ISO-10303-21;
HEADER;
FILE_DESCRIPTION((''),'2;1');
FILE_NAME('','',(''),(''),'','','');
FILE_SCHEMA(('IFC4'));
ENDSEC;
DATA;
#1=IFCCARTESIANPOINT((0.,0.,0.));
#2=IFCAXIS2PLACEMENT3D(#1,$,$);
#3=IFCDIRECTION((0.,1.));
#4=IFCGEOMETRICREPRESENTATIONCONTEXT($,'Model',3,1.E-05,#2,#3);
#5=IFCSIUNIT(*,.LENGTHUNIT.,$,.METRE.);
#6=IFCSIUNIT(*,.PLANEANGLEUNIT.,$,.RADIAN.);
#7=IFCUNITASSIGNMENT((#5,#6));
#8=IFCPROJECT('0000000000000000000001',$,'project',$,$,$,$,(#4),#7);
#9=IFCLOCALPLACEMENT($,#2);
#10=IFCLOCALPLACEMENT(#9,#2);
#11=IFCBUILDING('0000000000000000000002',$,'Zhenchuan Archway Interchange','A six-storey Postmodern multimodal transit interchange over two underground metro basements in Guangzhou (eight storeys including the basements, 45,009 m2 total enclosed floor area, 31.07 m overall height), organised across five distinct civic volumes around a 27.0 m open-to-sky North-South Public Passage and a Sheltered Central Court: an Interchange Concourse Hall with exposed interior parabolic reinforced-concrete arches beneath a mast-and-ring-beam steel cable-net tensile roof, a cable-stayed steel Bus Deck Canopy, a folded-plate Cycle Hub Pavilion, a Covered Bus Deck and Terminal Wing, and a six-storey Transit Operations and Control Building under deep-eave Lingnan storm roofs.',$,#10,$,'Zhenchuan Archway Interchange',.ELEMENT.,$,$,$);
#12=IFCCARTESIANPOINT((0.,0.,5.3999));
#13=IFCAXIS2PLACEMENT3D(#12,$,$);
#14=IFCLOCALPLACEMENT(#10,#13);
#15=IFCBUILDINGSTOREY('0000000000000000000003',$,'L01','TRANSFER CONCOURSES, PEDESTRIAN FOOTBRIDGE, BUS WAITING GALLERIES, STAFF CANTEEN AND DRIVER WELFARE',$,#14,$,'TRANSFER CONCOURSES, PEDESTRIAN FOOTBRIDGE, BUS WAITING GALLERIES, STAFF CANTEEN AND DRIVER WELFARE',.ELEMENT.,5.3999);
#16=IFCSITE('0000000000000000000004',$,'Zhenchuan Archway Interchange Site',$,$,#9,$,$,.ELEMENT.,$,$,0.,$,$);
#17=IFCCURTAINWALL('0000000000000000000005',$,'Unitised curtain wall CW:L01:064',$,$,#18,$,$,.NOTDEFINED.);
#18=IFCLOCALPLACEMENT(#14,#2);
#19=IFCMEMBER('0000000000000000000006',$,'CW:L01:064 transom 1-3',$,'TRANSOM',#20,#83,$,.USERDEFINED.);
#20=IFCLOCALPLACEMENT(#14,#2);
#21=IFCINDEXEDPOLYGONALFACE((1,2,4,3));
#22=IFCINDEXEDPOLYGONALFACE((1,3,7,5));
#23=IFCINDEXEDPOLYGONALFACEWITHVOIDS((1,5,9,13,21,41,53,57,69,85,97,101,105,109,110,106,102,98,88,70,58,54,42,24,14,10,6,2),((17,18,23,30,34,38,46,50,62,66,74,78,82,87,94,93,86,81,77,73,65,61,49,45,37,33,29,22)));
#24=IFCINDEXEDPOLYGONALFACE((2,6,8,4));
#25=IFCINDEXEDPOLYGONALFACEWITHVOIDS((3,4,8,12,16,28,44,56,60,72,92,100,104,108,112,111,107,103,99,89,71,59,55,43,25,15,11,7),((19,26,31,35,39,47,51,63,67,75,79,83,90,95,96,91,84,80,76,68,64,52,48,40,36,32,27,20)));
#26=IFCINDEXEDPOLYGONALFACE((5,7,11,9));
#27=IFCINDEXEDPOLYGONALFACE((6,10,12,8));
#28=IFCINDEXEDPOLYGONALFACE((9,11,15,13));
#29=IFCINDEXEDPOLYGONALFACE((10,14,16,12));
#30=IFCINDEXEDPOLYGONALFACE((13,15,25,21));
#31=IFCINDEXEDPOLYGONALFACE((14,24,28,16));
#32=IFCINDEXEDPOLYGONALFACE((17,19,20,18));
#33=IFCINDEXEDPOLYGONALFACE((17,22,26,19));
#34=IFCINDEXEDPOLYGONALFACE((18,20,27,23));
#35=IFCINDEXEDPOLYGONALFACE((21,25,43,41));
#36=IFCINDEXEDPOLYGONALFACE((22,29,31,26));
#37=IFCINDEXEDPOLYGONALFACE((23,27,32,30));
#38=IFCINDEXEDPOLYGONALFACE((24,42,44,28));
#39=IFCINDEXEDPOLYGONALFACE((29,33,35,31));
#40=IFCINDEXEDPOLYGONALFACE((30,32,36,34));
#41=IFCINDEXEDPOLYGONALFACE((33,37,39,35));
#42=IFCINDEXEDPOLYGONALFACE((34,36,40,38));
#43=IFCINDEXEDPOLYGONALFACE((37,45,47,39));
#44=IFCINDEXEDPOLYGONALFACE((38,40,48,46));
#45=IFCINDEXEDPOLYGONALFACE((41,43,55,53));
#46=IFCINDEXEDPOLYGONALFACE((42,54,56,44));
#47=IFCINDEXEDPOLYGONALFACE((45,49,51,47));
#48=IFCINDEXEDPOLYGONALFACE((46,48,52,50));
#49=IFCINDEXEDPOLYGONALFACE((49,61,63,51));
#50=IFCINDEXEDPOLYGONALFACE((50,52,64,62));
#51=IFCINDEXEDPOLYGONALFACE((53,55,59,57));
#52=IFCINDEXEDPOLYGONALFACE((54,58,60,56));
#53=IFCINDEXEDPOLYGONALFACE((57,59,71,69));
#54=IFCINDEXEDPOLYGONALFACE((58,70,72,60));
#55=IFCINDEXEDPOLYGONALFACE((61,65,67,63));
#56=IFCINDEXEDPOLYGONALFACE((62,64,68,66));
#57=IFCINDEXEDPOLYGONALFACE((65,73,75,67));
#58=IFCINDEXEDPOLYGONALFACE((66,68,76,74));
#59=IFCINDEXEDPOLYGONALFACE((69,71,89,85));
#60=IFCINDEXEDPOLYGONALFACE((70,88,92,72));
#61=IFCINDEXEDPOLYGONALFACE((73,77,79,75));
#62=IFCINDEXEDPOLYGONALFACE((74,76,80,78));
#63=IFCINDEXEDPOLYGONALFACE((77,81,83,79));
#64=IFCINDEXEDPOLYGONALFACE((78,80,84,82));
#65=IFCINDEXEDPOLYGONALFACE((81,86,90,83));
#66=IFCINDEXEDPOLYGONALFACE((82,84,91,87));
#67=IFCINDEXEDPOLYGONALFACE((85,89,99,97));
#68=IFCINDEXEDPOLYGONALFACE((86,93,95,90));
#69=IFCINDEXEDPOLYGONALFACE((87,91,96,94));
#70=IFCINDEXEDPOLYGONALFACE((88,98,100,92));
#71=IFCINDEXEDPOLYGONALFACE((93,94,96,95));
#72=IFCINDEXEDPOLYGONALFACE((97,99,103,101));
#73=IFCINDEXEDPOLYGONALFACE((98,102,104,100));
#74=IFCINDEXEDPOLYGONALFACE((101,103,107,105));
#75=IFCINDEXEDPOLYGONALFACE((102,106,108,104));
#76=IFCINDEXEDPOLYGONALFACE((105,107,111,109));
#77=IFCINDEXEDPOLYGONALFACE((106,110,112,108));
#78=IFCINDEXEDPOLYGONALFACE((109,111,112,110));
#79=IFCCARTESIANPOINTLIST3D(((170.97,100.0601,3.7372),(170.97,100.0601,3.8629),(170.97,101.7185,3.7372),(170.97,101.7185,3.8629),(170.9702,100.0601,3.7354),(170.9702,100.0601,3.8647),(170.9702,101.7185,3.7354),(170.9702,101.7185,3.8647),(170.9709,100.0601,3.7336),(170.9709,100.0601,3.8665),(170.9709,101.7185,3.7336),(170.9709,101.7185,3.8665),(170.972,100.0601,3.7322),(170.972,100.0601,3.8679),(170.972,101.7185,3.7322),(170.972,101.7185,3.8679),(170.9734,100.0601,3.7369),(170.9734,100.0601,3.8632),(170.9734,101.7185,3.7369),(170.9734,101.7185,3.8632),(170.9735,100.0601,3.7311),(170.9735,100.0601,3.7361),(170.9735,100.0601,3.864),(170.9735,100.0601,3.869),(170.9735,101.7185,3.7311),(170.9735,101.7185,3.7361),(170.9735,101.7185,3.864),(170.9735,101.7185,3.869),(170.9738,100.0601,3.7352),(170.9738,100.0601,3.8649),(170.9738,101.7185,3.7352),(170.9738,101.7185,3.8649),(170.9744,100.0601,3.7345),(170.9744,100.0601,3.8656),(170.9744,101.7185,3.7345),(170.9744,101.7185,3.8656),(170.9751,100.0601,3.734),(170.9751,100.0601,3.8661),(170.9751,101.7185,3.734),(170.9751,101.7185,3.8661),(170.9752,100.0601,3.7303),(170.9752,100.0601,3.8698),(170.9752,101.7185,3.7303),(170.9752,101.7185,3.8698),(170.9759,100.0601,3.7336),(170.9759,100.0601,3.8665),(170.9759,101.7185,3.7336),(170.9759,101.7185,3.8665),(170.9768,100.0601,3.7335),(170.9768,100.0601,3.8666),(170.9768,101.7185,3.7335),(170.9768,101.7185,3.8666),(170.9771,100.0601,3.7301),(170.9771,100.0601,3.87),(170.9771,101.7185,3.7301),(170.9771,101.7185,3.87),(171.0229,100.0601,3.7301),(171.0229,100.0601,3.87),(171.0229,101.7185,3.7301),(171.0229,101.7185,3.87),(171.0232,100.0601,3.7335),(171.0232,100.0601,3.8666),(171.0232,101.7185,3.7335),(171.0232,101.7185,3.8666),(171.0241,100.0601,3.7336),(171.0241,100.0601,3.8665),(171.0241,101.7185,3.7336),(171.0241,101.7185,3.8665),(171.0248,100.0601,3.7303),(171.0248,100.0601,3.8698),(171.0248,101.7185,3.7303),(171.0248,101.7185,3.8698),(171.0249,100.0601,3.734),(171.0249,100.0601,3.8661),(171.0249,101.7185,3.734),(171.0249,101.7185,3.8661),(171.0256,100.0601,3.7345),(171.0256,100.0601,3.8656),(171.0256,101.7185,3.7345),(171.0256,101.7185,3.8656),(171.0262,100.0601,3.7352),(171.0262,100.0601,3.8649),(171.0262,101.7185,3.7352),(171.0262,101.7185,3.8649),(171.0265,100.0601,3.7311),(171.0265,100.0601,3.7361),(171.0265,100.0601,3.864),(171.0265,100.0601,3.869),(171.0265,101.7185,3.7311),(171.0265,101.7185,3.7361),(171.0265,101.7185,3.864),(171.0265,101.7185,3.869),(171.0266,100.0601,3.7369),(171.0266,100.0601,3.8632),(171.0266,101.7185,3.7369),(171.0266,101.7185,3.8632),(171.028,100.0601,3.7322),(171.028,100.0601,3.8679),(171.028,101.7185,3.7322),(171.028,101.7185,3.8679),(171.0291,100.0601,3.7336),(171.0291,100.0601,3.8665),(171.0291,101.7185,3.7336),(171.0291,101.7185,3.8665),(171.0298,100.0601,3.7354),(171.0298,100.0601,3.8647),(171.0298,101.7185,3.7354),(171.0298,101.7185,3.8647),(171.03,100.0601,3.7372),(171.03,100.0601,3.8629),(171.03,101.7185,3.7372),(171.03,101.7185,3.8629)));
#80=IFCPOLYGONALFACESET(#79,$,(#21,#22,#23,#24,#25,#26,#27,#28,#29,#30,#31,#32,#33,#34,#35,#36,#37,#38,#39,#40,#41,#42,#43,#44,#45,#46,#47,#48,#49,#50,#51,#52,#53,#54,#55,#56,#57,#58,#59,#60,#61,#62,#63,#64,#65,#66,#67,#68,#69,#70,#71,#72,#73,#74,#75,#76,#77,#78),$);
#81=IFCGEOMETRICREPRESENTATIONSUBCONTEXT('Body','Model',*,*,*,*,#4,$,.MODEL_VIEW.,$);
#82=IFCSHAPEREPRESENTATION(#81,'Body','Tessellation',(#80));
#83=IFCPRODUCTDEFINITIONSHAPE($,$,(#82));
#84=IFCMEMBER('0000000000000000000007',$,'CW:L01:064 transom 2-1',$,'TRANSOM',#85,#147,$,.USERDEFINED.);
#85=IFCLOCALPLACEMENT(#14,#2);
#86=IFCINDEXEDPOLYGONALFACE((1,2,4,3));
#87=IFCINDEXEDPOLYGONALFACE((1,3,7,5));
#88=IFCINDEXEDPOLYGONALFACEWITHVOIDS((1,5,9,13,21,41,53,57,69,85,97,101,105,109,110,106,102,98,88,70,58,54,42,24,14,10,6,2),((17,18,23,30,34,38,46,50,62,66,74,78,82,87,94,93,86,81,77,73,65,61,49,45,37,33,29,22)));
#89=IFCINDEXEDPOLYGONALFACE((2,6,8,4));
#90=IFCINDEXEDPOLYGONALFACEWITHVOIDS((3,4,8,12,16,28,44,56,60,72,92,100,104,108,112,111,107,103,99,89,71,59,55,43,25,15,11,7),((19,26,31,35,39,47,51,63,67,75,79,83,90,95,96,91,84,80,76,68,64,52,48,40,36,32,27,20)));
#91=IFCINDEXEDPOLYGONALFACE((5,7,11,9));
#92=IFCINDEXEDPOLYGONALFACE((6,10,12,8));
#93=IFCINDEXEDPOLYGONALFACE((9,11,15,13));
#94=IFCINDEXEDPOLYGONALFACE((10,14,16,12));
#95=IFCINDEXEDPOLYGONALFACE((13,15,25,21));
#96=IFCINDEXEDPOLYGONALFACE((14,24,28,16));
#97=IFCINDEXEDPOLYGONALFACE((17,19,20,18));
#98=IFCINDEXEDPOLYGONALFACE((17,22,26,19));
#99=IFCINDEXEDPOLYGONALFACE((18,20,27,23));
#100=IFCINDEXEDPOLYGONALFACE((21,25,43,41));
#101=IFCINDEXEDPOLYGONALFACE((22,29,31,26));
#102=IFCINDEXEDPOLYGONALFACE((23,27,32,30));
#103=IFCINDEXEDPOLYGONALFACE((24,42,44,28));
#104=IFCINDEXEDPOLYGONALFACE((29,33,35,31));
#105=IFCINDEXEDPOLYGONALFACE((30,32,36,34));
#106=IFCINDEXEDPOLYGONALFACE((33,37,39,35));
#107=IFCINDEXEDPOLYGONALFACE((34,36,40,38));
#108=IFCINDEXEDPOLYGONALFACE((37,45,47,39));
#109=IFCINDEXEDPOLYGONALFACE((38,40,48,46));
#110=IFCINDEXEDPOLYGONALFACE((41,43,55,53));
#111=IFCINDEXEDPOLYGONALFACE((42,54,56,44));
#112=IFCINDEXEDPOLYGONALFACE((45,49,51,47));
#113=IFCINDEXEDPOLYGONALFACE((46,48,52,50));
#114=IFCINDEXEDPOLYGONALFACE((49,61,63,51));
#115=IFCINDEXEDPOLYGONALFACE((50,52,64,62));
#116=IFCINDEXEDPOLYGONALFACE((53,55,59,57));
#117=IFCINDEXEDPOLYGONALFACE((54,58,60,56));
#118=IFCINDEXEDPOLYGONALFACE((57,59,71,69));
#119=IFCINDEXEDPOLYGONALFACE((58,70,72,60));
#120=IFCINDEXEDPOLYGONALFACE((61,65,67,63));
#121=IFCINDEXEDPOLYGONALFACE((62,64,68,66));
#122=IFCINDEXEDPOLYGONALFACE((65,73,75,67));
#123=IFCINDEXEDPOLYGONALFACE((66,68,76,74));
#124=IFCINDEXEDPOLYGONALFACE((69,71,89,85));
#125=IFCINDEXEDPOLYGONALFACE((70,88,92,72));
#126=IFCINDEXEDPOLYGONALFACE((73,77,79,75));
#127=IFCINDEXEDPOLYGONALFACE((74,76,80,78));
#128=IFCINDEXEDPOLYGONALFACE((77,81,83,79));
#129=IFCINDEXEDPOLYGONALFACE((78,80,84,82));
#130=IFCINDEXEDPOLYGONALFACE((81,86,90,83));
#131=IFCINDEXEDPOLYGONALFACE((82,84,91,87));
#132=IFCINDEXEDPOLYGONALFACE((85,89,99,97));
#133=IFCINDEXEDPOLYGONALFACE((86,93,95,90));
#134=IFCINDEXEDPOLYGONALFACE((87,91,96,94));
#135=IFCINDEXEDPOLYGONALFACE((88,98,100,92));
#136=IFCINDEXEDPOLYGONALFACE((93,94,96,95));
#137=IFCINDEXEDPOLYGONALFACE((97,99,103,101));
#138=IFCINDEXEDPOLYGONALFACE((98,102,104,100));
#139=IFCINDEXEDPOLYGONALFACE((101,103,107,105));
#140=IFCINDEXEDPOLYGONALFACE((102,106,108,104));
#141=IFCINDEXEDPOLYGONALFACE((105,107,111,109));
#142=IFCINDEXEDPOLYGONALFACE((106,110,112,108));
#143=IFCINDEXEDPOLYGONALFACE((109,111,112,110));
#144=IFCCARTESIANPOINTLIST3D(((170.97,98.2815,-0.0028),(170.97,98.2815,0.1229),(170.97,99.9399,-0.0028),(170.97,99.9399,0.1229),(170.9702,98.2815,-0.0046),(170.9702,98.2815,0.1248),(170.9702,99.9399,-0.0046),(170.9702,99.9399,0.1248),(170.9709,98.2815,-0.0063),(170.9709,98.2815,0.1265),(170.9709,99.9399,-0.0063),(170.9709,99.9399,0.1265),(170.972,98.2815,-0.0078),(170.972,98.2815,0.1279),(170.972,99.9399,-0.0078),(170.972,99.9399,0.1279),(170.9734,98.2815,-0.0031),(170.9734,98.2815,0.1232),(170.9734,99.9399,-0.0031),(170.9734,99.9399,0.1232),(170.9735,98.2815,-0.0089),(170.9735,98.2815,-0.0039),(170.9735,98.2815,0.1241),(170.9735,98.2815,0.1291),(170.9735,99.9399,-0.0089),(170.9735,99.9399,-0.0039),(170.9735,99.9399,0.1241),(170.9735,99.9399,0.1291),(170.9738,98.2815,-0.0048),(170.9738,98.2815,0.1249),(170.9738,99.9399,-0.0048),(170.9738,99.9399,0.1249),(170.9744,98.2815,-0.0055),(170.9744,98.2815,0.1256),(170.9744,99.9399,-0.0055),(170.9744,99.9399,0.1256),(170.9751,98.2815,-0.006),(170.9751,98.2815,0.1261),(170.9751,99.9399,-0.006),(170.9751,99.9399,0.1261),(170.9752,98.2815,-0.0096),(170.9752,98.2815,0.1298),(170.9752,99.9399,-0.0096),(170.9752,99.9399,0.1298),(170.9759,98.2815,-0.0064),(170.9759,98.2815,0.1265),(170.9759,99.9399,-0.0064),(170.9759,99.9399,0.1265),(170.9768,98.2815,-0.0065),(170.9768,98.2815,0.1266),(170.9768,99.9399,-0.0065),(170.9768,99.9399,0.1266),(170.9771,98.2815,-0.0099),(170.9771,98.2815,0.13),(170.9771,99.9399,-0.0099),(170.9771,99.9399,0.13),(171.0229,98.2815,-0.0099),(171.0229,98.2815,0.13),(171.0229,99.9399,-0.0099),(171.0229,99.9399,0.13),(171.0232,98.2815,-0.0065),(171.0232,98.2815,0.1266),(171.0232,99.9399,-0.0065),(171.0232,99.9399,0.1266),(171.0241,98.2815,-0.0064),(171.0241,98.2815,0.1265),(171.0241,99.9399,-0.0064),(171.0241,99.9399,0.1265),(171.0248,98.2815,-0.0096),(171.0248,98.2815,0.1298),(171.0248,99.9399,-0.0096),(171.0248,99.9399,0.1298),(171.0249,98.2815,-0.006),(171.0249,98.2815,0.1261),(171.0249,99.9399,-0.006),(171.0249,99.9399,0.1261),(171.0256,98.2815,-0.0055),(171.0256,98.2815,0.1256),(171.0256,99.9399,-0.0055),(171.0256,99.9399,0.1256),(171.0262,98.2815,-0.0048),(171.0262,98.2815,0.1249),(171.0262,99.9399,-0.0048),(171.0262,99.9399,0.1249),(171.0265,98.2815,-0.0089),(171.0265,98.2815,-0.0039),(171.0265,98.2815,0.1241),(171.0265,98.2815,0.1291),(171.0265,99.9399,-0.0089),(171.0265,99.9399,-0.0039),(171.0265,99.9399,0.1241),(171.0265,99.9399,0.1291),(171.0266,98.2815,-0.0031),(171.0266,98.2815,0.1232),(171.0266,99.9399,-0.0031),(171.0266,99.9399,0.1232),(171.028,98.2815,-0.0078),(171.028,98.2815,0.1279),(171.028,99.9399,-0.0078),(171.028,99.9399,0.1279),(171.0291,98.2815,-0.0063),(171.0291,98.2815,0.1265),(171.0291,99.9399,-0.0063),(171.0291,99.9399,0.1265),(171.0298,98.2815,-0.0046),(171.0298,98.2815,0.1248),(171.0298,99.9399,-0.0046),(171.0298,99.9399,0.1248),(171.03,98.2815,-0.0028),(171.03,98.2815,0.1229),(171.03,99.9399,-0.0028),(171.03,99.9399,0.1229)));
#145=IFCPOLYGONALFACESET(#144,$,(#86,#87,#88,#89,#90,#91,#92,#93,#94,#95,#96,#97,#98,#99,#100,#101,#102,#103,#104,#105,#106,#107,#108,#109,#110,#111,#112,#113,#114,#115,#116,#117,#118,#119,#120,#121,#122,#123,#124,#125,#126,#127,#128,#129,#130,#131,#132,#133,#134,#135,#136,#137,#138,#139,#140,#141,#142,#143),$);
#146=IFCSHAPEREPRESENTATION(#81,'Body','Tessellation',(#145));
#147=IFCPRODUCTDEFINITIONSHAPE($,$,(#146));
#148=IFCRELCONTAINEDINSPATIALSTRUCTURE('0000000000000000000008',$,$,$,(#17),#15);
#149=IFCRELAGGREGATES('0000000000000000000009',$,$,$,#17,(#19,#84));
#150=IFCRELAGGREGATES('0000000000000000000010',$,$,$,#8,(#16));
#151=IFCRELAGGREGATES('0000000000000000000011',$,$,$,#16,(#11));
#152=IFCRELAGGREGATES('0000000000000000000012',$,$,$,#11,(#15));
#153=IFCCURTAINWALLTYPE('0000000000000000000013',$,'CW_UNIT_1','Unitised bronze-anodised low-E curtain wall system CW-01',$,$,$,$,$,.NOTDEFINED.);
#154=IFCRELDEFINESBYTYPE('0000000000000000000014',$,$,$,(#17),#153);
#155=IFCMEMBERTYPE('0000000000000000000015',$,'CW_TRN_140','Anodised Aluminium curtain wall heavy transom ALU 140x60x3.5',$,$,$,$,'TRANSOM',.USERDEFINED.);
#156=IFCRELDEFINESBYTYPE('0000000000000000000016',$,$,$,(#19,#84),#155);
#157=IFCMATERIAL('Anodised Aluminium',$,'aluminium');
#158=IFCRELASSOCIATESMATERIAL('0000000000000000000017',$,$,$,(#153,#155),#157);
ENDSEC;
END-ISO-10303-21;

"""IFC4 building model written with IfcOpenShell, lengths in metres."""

from ifc_helpers import new_model, si_unit, direction, frame, origin, origin_2d, place, context, subcontext, project, spatial, hollow_rectangle, extrude, material, material_profile, profile_set, type_object, element, aggregate, save


model = new_model("IFC4")

# Units and contexts
model_context = context("Model", 3, precision=1e-05, world=origin(), true_north=direction((0.0, 1.0)))
body_context = subcontext(model_context, "Body", "Model", "MODEL_VIEW")
ifc_project = project(units=[si_unit("LENGTHUNIT", "METRE"), si_unit("PLANEANGLEUNIT", "RADIAN")], contexts=[model_context])

# Site, building, storey
site_placement = place(None, origin())
site = spatial("IfcSite", under=ifc_project, at=site_placement, Name="Zhenchuan Archway Interchange Site", CompositionType="ELEMENT", RefElevation=0.0)
building_placement = place(site_placement, origin())
building = spatial("IfcBuilding", under=site, at=building_placement, Name="Zhenchuan Archway Interchange", Description="A six-storey Postmodern multimodal transit interchange over two underground metro basements in Guangzhou (eight storeys including the basements, 45,009 m2 total enclosed floor area, 31.07 m overall height), organised across five distinct civic volumes around a 27.0 m open-to-sky North-South Public Passage and a Sheltered Central Court: an Interchange Concourse Hall with exposed interior parabolic reinforced-concrete arches beneath a mast-and-ring-beam steel cable-net tensile roof, a cable-stayed steel Bus Deck Canopy, a folded-plate Cycle Hub Pavilion, a Covered Bus Deck and Terminal Wing, and a six-storey Transit Operations and Control Building under deep-eave Lingnan storm roofs.", LongName="Zhenchuan Archway Interchange", CompositionType="ELEMENT")
storey_placement = place(building_placement, frame((0.0, 0.0, 5.3999)))
storey = spatial("IfcBuildingStorey", under=building, at=storey_placement, Name="L01", Description="TRANSFER CONCOURSES, PEDESTRIAN FOOTBRIDGE, BUS WAITING GALLERIES, STAFF CANTEEN AND DRIVER WELFARE", LongName="TRANSFER CONCOURSES, PEDESTRIAN FOOTBRIDGE, BUS WAITING GALLERIES, STAFF CANTEEN AND DRIVER WELFARE", CompositionType="ELEMENT", Elevation=5.3999)

# Shared definitions
ifc_material_1 = material(Name="Anodised Aluminium", Category="aluminium")

# Curtain wall, members
curtain_wall_type_1 = type_object("IfcCurtainWallType", Name="CW_UNIT_1", Description="Unitised bronze-anodised low-E curtain wall system CW-01", PredefinedType="NOTDEFINED", material=ifc_material_1)
curtain_wall_1_placement = place(storey_placement, origin())
curtain_wall_1 = element("IfcCurtainWall", 1, at=curtain_wall_1_placement, inside=storey, type_object=curtain_wall_type_1, Name="Unitised curtain wall CW:L01:064", PredefinedType="NOTDEFINED")
ifc_material_profile_1 = material_profile(ifc_material_1, hollow_rectangle(XDim=0.0601, YDim=0.1399, WallThickness=0.0034, InnerFilletRadius=0.0034, OuterFilletRadius=0.0071, at=origin_2d()), Name="ALU 140x60x3.5")
ifc_profile_set_1 = profile_set([ifc_material_profile_1], Name="Anodised Aluminium")
member_type_1 = type_object("IfcMemberType", Name="CW_TRN_140", Description="Anodised Aluminium curtain wall heavy transom ALU 140x60x3.5", ElementType="TRANSOM", PredefinedType="USERDEFINED", material=ifc_profile_set_1)
member_1_placement = place(storey_placement, frame((171.0, 101.7185, 3.8), z_axis=(0.0, -1.0, 0.0), x_axis=(1.0, 0.0, 0.0)))
member_1 = element("IfcMember", 2, at=member_1_placement, type_object=member_type_1, Name="CW:L01:064 transom 1-3", ObjectType="TRANSOM", PredefinedType="USERDEFINED", context=body_context, shape_type="SweptSolid", body=[
    extrude(hollow_rectangle(XDim=0.0601, YDim=0.1399, WallThickness=0.0034, InnerFilletRadius=0.0034, OuterFilletRadius=0.0071, at=origin_2d()), origin(), (0.0, 0.0, 1.0), 1.6584),
])
member_2_placement = place(storey_placement, frame((171.0, 99.9399, 0.0601), z_axis=(0.0, -1.0, 0.0), x_axis=(1.0, 0.0, 0.0)))
member_2 = element("IfcMember", 3, at=member_2_placement, type_object=member_type_1, Name="CW:L01:064 transom 2-1", ObjectType="TRANSOM", PredefinedType="USERDEFINED", context=body_context, shape_type="SweptSolid", body=[
    extrude(hollow_rectangle(XDim=0.0601, YDim=0.1399, WallThickness=0.0034, InnerFilletRadius=0.0034, OuterFilletRadius=0.0071, at=origin_2d()), origin(), (0.0, 0.0, 1.0), 1.6584),
])

aggregate(curtain_wall_1, [member_1, member_2])

save(model, "model.ifc")
